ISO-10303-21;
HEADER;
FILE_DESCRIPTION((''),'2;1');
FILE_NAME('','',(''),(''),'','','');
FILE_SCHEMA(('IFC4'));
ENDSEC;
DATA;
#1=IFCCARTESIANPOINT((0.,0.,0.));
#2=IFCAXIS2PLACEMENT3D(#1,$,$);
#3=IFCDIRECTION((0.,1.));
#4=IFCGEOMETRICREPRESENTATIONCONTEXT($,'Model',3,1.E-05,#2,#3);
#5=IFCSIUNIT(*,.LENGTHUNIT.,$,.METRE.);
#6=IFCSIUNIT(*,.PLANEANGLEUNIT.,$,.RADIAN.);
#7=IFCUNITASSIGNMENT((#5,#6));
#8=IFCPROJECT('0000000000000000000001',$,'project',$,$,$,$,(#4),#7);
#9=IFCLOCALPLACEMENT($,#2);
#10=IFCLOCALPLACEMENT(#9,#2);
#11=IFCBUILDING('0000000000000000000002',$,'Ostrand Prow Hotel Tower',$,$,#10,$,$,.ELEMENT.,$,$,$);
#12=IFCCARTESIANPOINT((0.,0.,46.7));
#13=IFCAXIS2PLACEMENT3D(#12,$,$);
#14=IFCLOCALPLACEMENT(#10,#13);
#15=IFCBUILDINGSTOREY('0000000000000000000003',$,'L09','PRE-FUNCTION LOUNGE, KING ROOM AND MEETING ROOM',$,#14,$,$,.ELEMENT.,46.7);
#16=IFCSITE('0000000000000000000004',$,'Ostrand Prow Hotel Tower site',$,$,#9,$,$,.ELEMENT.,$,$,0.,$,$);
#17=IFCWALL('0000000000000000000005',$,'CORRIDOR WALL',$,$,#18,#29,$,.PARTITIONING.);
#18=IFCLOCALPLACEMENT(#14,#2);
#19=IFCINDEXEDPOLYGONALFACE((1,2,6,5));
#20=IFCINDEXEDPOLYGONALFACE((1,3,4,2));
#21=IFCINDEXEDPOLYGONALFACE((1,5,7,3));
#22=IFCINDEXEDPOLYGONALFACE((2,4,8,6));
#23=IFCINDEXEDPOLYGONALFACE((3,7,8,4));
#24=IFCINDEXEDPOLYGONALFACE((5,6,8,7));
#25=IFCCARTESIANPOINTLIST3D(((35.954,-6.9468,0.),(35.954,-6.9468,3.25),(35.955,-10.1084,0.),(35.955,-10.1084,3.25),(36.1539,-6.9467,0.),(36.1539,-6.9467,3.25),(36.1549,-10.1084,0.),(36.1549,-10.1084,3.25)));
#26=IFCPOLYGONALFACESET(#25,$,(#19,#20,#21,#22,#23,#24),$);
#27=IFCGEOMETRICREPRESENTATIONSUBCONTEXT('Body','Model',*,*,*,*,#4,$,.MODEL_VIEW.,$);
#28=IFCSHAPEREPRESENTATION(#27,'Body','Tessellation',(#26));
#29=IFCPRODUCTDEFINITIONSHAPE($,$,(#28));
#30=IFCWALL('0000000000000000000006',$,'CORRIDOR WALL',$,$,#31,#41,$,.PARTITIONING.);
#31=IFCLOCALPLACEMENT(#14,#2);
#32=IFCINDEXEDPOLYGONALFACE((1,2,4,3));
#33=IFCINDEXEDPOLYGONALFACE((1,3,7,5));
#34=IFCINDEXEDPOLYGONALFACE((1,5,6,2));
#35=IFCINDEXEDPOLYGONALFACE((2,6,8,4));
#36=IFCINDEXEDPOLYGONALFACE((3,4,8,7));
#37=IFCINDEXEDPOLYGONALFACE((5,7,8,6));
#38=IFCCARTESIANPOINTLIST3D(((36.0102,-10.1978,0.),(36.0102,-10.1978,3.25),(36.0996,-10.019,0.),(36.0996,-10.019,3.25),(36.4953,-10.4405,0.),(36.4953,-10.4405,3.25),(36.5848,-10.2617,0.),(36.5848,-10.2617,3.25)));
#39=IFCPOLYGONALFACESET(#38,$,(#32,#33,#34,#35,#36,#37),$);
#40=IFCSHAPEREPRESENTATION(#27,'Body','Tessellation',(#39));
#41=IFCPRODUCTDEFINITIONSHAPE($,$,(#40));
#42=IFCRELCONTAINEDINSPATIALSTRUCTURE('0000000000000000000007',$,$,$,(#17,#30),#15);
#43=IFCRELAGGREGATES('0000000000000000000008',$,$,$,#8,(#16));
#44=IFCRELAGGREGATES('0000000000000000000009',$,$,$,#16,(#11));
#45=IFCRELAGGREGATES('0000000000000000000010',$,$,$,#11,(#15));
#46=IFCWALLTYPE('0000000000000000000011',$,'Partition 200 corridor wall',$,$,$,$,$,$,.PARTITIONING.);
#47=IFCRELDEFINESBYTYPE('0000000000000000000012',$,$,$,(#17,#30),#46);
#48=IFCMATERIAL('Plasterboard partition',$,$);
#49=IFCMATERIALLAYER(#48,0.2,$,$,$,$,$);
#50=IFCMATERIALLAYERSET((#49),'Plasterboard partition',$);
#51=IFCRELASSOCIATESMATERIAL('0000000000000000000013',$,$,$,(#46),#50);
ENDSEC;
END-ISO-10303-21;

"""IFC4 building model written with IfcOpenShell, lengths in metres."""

from ifc_helpers import new_model, si_unit, direction, frame, frame_2d, origin, place, context, subcontext, project, spatial, rectangle, extrude, material, layer, layer_set, type_object, element, save


model = new_model("IFC4")

# Units and contexts
model_context = context("Model", 3, precision=1e-05, world=origin(), true_north=direction((0.0, 1.0)))
body_context = subcontext(model_context, "Body", "Model", "MODEL_VIEW")
ifc_project = project(units=[si_unit("LENGTHUNIT", "METRE"), si_unit("PLANEANGLEUNIT", "RADIAN")], contexts=[model_context])

# Site, building, storey
site_placement = place(None, origin())
site = spatial("IfcSite", under=ifc_project, at=site_placement, Name="Ostrand Prow Hotel Tower site", CompositionType="ELEMENT", RefElevation=0.0)
building_placement = place(site_placement, origin())
building = spatial("IfcBuilding", under=site, at=building_placement, Name="Ostrand Prow Hotel Tower", CompositionType="ELEMENT")
storey_placement = place(building_placement, frame((0.0, 0.0, 46.7)))
storey = spatial("IfcBuildingStorey", under=building, at=storey_placement, Name="L09", Description="PRE-FUNCTION LOUNGE, KING ROOM AND MEETING ROOM", CompositionType="ELEMENT", Elevation=46.7)

# Shared definitions
ifc_material_1 = material(Name="Plasterboard partition")
ifc_layer_1 = layer(ifc_material_1, 0.2)
ifc_layer_set_1 = layer_set([ifc_layer_1], Name="Plasterboard partition")
wall_type_1 = type_object("IfcWallType", Name="Partition 200 corridor wall", PredefinedType="PARTITIONING", material=ifc_layer_set_1)

# Walls
wall_1_placement = place(storey_placement, frame((36.0549, -10.1084, 0.0), z_axis=(0.0, 0.0, 1.0), x_axis=(-0.000309, 1.0, 0.0)))
element("IfcWall", 1, at=wall_1_placement, inside=storey, type_object=wall_type_1, Name="CORRIDOR WALL", PredefinedType="PARTITIONING", context=body_context, shape_type="SweptSolid", body=[
    extrude(rectangle(XDim=3.1616, YDim=0.2, at=frame_2d((1.5808, 0.0))), origin(), (0.0, 0.0, 1.0), 3.25),
])
wall_2_placement = place(storey_placement, frame((36.54, -10.3511, 0.0), z_axis=(0.0, 0.0, 1.0), x_axis=(-0.894337, 0.447394, 0.0)))
element("IfcWall", 2, at=wall_2_placement, inside=storey, type_object=wall_type_1, Name="CORRIDOR WALL", PredefinedType="PARTITIONING", context=body_context, shape_type="SweptSolid", body=[
    extrude(rectangle(XDim=0.5425, YDim=0.2, at=frame_2d((0.2712, 0.0))), origin(), (0.0, 0.0, 1.0), 3.25),
])

save(model, "model.ifc")
